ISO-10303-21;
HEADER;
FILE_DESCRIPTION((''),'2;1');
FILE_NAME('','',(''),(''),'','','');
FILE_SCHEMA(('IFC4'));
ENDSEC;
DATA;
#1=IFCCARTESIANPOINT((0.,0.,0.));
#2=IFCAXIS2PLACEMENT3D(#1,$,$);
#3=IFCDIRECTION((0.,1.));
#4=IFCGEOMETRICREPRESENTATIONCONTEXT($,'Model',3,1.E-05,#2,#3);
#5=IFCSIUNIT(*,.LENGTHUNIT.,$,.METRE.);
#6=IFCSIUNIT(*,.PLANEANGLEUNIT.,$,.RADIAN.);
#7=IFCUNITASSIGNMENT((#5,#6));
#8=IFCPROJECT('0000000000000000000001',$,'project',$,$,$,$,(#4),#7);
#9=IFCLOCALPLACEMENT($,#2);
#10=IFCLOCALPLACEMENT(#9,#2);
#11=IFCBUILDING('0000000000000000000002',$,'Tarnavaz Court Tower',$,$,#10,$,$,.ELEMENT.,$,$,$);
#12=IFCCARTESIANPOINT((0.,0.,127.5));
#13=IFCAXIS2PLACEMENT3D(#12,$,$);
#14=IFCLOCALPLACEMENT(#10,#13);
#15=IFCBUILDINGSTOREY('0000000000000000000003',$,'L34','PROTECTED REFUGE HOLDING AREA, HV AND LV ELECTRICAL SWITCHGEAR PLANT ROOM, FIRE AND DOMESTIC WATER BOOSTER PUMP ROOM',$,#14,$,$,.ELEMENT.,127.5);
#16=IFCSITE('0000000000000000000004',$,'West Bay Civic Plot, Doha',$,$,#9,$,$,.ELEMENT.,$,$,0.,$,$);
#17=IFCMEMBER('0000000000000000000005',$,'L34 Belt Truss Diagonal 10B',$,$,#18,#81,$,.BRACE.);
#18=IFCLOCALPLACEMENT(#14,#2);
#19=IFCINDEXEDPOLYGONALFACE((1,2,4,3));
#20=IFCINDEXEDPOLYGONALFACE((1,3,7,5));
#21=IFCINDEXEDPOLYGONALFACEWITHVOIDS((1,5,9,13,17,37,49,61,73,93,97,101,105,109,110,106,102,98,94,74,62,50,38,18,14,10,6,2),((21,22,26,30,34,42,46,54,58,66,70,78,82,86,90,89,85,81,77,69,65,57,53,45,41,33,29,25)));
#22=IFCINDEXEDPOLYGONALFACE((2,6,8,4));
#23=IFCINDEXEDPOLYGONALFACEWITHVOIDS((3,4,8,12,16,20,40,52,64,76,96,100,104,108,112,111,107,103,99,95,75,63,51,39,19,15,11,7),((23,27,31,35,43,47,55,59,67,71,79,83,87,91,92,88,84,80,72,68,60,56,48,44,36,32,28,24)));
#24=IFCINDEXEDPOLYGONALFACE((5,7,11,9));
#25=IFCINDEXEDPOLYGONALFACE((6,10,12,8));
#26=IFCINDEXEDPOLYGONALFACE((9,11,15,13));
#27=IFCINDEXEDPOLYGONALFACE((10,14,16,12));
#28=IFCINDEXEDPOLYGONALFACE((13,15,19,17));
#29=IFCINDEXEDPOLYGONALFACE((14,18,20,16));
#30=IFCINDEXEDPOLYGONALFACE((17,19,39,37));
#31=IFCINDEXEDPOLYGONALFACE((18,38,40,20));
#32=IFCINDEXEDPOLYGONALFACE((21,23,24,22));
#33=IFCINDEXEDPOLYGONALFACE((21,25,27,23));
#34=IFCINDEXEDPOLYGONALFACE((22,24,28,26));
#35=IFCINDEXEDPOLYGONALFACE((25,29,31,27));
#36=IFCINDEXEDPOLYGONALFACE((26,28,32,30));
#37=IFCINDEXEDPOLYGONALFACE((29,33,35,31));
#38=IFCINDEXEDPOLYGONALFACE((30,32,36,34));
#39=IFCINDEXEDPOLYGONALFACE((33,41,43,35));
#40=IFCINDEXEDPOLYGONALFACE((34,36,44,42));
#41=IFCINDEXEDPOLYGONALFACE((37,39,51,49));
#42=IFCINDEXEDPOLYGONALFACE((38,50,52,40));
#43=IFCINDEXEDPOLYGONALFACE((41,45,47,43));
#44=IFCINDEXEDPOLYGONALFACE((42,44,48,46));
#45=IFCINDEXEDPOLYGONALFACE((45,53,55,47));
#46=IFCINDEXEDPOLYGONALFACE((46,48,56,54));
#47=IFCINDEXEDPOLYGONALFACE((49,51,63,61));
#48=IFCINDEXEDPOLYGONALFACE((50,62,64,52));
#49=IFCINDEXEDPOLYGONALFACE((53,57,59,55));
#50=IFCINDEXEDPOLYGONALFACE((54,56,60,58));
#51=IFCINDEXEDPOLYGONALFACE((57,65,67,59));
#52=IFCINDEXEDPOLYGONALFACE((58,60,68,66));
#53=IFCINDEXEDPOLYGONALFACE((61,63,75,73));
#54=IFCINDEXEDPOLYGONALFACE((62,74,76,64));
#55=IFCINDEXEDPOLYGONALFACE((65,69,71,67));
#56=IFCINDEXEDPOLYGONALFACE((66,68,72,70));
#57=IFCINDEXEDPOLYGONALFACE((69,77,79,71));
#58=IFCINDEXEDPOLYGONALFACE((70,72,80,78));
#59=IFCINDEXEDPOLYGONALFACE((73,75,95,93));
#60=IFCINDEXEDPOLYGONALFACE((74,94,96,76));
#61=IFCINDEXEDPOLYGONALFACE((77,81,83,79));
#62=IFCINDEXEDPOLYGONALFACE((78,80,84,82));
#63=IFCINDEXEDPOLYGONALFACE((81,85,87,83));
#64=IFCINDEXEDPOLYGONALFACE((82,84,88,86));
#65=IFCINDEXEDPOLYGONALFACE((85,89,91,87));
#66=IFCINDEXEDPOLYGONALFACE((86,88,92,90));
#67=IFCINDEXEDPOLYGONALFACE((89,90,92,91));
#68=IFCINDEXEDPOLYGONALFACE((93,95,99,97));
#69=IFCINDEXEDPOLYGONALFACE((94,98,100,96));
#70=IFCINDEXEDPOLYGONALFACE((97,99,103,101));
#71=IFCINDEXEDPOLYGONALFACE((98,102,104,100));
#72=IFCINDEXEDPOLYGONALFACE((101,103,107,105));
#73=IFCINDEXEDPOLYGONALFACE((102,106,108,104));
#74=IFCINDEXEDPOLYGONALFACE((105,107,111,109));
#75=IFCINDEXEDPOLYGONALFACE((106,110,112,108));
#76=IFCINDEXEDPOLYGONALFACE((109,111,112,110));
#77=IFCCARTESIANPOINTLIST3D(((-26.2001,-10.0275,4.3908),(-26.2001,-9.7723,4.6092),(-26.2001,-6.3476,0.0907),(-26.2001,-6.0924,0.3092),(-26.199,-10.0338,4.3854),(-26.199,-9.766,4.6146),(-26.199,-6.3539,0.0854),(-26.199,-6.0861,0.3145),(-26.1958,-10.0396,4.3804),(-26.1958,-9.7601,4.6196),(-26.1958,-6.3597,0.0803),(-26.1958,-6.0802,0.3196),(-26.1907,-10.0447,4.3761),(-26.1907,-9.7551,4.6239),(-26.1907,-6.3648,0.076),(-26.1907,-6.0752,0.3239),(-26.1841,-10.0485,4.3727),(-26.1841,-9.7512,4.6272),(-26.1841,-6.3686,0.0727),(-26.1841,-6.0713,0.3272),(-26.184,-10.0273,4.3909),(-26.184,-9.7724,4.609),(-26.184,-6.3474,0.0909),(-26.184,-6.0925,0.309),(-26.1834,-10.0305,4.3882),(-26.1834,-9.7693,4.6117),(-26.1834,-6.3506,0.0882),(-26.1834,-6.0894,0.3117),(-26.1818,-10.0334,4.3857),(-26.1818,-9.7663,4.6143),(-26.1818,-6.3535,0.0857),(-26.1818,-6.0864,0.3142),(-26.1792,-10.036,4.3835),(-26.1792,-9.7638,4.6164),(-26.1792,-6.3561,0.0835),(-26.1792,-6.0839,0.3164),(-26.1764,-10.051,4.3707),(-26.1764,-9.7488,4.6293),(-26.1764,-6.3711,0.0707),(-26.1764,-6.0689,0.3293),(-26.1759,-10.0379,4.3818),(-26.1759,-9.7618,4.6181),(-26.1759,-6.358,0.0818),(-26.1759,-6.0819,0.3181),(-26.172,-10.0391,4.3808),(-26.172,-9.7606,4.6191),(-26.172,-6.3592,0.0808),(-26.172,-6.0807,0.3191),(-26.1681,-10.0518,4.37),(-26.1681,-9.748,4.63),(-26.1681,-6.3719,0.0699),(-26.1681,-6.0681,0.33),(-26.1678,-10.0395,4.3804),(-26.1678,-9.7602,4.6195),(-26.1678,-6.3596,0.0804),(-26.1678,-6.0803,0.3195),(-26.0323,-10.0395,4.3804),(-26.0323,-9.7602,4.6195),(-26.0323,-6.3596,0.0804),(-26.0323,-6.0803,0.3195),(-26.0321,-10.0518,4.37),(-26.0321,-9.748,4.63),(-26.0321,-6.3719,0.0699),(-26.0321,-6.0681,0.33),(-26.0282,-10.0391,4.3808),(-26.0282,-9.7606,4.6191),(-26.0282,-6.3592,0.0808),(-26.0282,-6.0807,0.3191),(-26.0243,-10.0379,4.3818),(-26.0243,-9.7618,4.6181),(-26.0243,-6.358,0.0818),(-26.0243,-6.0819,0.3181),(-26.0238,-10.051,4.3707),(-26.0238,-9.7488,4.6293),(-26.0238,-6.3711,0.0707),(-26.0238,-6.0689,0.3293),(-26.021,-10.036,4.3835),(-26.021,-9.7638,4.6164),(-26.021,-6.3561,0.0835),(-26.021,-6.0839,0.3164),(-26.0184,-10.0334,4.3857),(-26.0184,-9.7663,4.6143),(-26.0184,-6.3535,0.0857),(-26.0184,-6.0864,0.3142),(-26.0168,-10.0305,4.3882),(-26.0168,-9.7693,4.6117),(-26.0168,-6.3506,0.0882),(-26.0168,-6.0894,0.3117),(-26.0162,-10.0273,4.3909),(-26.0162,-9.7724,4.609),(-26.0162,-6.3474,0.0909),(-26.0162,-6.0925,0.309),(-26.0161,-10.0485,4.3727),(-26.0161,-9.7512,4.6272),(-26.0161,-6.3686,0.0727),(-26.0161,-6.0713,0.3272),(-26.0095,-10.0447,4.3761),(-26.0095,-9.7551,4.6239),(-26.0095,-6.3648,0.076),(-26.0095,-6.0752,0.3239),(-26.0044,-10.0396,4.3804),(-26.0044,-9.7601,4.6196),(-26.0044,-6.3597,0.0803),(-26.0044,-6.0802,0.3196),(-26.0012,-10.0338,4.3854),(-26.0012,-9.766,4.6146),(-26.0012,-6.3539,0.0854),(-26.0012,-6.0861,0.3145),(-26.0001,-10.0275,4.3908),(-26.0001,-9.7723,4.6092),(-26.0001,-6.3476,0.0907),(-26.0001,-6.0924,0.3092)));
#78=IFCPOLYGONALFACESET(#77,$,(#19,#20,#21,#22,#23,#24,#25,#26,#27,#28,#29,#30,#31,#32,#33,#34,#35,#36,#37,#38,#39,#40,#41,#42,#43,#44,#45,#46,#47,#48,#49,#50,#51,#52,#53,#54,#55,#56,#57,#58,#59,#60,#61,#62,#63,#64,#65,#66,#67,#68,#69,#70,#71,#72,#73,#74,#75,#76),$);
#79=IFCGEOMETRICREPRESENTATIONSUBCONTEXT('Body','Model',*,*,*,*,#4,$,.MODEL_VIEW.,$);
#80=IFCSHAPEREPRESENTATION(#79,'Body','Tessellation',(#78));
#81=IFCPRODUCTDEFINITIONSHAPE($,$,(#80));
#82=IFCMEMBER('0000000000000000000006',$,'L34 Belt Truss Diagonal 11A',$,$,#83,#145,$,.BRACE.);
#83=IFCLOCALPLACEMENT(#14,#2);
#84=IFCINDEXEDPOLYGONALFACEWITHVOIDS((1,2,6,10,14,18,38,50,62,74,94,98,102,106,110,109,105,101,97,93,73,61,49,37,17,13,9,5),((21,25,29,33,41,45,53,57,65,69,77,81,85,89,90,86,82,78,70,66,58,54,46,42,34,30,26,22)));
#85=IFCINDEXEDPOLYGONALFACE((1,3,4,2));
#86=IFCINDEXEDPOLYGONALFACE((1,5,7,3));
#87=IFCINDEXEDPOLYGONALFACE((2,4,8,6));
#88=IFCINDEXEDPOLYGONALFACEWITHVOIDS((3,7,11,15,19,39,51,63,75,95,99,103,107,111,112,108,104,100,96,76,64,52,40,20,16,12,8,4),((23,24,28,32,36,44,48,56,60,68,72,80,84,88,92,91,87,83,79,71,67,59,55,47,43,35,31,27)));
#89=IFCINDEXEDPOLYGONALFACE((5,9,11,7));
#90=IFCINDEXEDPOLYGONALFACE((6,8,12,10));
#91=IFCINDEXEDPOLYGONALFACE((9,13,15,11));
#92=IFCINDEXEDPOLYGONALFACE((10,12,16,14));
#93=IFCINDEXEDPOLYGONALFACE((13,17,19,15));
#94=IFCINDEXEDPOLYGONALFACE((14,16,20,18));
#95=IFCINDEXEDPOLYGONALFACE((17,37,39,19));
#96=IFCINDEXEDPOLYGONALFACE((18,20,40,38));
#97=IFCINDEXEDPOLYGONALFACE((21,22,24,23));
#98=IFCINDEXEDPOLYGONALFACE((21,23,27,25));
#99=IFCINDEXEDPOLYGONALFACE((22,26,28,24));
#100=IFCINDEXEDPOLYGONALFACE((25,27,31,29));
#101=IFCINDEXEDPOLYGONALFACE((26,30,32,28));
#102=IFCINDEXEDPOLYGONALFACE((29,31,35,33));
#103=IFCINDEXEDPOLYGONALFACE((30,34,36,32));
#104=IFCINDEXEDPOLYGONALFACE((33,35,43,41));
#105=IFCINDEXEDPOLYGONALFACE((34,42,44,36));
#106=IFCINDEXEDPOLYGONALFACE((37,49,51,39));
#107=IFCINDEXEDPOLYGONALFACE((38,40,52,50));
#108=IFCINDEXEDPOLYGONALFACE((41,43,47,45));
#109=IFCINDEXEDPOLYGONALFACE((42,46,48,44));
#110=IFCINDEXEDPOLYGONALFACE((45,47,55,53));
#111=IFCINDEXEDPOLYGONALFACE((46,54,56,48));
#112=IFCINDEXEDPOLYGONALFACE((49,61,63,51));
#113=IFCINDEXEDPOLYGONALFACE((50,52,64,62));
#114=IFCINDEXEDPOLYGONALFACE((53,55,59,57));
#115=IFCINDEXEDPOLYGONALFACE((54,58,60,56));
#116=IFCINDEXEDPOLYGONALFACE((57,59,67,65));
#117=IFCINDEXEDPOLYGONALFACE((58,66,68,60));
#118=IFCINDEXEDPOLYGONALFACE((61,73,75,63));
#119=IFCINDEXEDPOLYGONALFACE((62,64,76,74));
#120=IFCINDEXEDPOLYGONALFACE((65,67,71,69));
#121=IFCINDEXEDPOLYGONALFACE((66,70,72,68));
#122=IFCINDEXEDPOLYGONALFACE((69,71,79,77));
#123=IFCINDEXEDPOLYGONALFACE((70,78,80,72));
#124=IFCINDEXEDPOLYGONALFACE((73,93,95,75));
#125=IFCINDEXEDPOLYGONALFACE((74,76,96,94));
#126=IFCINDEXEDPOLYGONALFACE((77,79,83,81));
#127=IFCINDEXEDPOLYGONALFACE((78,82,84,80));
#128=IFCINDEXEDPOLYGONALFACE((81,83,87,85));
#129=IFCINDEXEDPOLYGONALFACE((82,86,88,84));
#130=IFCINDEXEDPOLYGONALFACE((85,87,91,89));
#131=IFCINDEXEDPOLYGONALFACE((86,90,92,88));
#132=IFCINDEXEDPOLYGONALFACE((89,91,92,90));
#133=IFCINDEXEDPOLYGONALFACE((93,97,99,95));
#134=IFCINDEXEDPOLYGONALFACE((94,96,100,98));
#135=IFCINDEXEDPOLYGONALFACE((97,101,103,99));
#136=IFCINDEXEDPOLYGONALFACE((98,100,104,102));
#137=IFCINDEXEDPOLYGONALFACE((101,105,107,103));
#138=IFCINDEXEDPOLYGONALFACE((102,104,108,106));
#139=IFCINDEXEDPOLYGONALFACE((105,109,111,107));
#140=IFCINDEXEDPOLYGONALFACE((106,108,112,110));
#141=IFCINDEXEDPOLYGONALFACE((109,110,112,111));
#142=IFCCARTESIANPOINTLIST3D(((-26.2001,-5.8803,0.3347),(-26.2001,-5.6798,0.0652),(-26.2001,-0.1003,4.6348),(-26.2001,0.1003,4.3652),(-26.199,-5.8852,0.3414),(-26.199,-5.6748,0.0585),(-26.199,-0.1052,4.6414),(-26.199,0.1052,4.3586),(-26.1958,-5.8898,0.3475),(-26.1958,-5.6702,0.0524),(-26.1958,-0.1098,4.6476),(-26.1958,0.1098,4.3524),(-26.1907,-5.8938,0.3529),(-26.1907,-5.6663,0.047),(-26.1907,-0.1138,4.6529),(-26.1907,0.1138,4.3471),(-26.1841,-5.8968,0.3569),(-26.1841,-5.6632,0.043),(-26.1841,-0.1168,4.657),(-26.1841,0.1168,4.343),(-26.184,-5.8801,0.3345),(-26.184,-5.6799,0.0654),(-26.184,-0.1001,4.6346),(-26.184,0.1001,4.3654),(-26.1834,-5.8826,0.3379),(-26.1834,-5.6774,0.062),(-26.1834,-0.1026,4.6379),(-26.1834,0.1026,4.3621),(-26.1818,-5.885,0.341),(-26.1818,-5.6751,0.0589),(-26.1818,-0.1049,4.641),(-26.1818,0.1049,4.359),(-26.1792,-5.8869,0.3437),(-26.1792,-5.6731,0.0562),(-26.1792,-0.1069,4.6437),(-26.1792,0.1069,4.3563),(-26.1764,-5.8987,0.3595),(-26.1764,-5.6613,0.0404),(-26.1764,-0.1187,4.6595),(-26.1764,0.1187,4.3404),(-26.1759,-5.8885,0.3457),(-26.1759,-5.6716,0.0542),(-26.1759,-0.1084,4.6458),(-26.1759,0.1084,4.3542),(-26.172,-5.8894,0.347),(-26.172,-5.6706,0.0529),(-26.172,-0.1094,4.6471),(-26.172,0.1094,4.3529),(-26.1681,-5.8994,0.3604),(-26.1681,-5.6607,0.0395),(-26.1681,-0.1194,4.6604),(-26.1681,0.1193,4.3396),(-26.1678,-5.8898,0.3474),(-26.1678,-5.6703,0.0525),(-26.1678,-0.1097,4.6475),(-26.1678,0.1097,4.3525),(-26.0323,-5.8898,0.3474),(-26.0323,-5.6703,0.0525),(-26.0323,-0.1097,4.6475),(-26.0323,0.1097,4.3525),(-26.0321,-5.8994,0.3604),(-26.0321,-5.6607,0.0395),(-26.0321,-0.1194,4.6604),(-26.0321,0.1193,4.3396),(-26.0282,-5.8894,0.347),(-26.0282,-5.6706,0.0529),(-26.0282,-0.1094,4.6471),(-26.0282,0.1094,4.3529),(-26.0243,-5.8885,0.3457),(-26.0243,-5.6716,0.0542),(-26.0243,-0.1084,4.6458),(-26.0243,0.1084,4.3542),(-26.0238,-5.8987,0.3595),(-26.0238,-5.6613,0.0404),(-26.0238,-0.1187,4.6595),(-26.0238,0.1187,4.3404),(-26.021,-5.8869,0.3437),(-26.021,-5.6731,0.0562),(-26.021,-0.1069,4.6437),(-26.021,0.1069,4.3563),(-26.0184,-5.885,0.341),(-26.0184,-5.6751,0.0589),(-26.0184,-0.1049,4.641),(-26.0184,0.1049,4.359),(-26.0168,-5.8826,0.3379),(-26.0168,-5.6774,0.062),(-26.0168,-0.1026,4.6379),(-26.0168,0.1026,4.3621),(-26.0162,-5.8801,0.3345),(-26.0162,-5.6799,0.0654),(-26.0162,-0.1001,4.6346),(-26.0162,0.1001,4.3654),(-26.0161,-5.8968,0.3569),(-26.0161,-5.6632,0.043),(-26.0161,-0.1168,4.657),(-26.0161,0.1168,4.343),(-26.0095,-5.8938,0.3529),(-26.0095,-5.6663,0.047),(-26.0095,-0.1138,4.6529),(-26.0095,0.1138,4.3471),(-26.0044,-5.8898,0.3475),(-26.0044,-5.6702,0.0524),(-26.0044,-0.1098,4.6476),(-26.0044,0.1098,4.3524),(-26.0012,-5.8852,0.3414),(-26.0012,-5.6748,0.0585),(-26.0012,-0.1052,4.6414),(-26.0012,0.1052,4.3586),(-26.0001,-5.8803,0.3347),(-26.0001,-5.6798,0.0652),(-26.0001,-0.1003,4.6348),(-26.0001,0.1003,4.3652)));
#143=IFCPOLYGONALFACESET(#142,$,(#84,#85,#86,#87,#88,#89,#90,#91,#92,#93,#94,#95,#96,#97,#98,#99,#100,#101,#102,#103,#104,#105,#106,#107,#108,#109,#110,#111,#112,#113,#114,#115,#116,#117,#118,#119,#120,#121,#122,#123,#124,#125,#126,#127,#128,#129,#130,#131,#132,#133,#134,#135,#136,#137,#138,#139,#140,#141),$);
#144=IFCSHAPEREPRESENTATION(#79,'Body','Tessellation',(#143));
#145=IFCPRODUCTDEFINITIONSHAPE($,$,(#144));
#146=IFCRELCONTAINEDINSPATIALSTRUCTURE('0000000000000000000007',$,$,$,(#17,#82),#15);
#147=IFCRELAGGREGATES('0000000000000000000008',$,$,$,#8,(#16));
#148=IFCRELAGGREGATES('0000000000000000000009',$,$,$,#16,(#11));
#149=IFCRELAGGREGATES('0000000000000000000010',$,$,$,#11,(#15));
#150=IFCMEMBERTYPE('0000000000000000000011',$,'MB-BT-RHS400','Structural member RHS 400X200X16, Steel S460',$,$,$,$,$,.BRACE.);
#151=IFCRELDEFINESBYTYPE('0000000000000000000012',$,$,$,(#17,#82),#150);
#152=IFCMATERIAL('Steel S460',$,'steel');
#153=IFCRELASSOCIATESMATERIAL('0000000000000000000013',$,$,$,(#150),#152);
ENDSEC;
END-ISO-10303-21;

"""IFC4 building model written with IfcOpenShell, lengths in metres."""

from ifc_helpers import new_model, si_unit, direction, frame, origin, origin_2d, place, context, subcontext, project, spatial, hollow_rectangle, extrude, material, material_profile, profile_set, type_object, element, save


model = new_model("IFC4")

# Units and contexts
model_context = context("Model", 3, precision=1e-05, world=origin(), true_north=direction((0.0, 1.0)))
body_context = subcontext(model_context, "Body", "Model", "MODEL_VIEW")
ifc_project = project(units=[si_unit("LENGTHUNIT", "METRE"), si_unit("PLANEANGLEUNIT", "RADIAN")], contexts=[model_context])

# Site, building, storey
site_placement = place(None, origin())
site = spatial("IfcSite", under=ifc_project, at=site_placement, Name="West Bay Civic Plot, Doha", CompositionType="ELEMENT", RefElevation=0.0)
building_placement = place(site_placement, origin())
building = spatial("IfcBuilding", under=site, at=building_placement, Name="Tarnavaz Court Tower", CompositionType="ELEMENT")
storey_placement = place(building_placement, frame((0.0, 0.0, 127.5)))
storey = spatial("IfcBuildingStorey", under=building, at=storey_placement, Name="L34", Description="PROTECTED REFUGE HOLDING AREA, HV AND LV ELECTRICAL SWITCHGEAR PLANT ROOM, FIRE AND DOMESTIC WATER BOOSTER PUMP ROOM", CompositionType="ELEMENT", Elevation=127.5)

# Shared definitions
ifc_material_1 = material(Name="Steel S460", Category="steel")

# Members
ifc_material_profile_1 = material_profile(ifc_material_1, hollow_rectangle(XDim=0.2, YDim=0.3999, WallThickness=0.0161, InnerFilletRadius=0.0161, OuterFilletRadius=0.032, at=origin_2d()), Name="RHS 400X200X16")
ifc_profile_set_1 = profile_set([ifc_material_profile_1], Name="Steel S460")
member_type_1 = type_object("IfcMemberType", Name="MB-BT-RHS400", Description="Structural member RHS 400X200X16, Steel S460", PredefinedType="BRACE", material=ifc_profile_set_1)
member_1_placement = place(storey_placement, frame((-26.1001, -6.22, 0.2), z_axis=(0.0, -0.650198, 0.759765), x_axis=(1.0, 0.0, 0.0)))
element("IfcMember", 1, at=member_1_placement, inside=storey, type_object=member_type_1, Name="L34 Belt Truss Diagonal 10B", PredefinedType="BRACE", context=body_context, shape_type="SweptSolid", body=[
    extrude(hollow_rectangle(XDim=0.2, YDim=0.3999, WallThickness=0.0161, InnerFilletRadius=0.0161, OuterFilletRadius=0.032, at=origin_2d()), origin(), (0.0, 0.0, 1.0), 5.6597),
])
member_2_placement = place(storey_placement, frame((-26.1001, -5.78, 0.2), z_axis=(0.0, 0.802324, 0.596889), x_axis=(-1.0, 0.0, 0.0)))
element("IfcMember", 2, at=member_2_placement, inside=storey, type_object=member_type_1, Name="L34 Belt Truss Diagonal 11A", PredefinedType="BRACE", context=body_context, shape_type="SweptSolid", body=[
    extrude(hollow_rectangle(XDim=0.2, YDim=0.3999, WallThickness=0.0161, InnerFilletRadius=0.0161, OuterFilletRadius=0.032, at=origin_2d()), origin(), (0.0, 0.0, 1.0), 7.2041),
])

save(model, "model.ifc")
